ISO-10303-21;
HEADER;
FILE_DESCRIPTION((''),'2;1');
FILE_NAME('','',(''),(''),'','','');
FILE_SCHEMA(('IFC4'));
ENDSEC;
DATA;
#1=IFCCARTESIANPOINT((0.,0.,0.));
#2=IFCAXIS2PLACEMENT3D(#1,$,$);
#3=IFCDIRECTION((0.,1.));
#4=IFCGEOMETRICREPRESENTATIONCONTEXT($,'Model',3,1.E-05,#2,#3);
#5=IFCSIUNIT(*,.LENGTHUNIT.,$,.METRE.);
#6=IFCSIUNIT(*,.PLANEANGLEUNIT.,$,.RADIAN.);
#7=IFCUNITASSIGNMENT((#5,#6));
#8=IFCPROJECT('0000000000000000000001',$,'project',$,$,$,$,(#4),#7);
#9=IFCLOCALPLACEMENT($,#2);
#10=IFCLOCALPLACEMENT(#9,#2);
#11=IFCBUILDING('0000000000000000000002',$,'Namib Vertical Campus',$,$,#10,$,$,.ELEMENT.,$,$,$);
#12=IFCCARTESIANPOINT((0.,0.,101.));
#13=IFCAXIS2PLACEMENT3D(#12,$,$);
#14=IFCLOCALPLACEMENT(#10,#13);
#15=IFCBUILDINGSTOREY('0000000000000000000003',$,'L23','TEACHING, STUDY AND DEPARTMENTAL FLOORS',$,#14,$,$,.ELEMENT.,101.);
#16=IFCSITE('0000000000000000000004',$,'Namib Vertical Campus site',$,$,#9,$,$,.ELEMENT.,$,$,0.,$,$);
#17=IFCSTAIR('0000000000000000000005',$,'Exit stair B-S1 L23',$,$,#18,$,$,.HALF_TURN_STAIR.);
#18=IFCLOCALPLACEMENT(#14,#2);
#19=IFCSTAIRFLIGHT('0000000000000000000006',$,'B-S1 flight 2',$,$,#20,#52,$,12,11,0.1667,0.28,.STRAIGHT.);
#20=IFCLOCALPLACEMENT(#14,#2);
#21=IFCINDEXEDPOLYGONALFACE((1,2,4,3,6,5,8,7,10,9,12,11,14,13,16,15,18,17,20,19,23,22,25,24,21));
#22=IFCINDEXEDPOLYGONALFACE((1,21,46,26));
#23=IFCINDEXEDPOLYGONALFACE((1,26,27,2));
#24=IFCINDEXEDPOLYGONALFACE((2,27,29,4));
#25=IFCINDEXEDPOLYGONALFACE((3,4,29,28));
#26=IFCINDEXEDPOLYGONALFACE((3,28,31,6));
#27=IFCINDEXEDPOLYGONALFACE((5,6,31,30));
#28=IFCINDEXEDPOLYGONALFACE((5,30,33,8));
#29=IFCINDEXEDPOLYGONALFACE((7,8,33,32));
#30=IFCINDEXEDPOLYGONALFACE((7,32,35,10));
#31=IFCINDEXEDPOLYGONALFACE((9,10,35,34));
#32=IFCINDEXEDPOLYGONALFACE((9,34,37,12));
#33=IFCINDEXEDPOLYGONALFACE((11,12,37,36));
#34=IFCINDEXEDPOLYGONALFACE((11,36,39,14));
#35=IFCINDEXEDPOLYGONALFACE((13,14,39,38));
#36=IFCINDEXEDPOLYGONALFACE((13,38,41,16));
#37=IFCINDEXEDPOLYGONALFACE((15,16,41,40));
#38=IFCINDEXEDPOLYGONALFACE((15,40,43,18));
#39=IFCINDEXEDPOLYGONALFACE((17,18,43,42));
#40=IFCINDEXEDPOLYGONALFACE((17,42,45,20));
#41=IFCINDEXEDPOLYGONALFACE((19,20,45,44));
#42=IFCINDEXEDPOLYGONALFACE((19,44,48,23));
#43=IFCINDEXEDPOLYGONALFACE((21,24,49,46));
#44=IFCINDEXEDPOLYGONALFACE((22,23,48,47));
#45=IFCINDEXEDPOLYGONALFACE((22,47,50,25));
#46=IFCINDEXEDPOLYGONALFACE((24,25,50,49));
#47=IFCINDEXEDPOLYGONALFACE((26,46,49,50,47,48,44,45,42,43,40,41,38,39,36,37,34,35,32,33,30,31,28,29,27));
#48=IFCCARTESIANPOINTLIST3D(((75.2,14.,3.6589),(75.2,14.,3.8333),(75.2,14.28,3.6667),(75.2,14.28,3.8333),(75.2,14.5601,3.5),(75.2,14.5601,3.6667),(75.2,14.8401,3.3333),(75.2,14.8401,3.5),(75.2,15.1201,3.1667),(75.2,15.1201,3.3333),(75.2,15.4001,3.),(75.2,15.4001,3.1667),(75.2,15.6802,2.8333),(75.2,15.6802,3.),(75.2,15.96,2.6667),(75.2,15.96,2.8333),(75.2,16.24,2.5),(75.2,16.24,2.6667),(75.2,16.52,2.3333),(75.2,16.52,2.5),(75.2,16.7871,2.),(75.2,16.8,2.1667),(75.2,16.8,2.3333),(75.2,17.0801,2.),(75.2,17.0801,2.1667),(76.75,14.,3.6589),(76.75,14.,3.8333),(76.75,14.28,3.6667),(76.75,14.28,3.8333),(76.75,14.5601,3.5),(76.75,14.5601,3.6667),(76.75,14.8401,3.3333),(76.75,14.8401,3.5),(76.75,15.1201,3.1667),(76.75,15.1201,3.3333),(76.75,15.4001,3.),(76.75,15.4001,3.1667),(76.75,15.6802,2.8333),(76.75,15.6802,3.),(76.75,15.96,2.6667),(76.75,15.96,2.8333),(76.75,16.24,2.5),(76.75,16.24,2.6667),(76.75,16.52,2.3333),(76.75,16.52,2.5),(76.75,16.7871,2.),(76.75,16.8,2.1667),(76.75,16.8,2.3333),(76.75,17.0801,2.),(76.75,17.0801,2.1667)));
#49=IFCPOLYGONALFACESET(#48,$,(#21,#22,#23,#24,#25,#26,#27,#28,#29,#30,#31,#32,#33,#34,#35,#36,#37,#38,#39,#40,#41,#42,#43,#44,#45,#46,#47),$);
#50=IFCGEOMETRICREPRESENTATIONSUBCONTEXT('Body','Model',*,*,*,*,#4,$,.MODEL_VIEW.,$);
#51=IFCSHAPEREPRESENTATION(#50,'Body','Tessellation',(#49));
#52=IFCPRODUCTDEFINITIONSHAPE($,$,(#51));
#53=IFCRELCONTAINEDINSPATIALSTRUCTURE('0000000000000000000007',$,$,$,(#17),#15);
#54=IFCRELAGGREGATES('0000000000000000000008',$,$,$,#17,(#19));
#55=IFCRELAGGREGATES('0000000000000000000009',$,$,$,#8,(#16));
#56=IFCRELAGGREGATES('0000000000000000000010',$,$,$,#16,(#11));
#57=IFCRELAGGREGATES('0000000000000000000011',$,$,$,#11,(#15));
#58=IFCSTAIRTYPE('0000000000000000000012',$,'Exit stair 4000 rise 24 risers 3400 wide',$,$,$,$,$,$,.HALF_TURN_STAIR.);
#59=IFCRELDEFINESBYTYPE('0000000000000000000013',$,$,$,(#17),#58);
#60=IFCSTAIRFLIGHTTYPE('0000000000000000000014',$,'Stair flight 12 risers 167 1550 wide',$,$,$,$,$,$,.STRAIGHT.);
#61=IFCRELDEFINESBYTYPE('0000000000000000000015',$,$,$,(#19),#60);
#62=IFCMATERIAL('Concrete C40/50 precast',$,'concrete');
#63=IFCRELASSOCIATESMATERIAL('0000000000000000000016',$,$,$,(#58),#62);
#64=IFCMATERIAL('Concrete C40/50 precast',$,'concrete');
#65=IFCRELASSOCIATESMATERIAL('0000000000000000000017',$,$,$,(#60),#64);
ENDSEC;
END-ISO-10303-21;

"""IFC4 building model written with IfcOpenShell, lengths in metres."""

from ifc_helpers import new_model, si_unit, direction, frame, origin, place, context, subcontext, project, spatial, polyline, outline, extrude, material, type_object, element, aggregate, save


model = new_model("IFC4")

# Units and contexts
model_context = context("Model", 3, precision=1e-05, world=origin(), true_north=direction((0.0, 1.0)))
body_context = subcontext(model_context, "Body", "Model", "MODEL_VIEW")
ifc_project = project(units=[si_unit("LENGTHUNIT", "METRE"), si_unit("PLANEANGLEUNIT", "RADIAN")], contexts=[model_context])

# Site, building, storey
site_placement = place(None, origin())
site = spatial("IfcSite", under=ifc_project, at=site_placement, Name="Namib Vertical Campus site", CompositionType="ELEMENT", RefElevation=0.0)
building_placement = place(site_placement, origin())
building = spatial("IfcBuilding", under=site, at=building_placement, Name="Namib Vertical Campus", CompositionType="ELEMENT")
storey_placement = place(building_placement, frame((0.0, 0.0, 101.0)))
storey = spatial("IfcBuildingStorey", under=building, at=storey_placement, Name="L23", Description="TEACHING, STUDY AND DEPARTMENTAL FLOORS", CompositionType="ELEMENT", Elevation=101.0)

# Stair, stair flight
ifc_material_1 = material(Name="Concrete C40/50 precast", Category="concrete")
stair_type = type_object("IfcStairType", Name="Exit stair 4000 rise 24 risers 3400 wide", PredefinedType="HALF_TURN_STAIR", material=ifc_material_1)
stair_placement = place(storey_placement, origin())
stair = element("IfcStair", 1, at=stair_placement, inside=storey, type_object=stair_type, Name="Exit stair B-S1 L23", PredefinedType="HALF_TURN_STAIR")
ifc_material_2 = material(Name="Concrete C40/50 precast", Category="concrete")
stair_flight_type = type_object("IfcStairFlightType", Name="Stair flight 12 risers 167 1550 wide", PredefinedType="STRAIGHT", material=ifc_material_2)
stair_flight_placement = place(storey_placement, frame((75.9751, 17.0801, 2.0), z_axis=(0.0, 0.0, 1.0), x_axis=(0.0, -1.0, 0.0)))
stair_flight = element("IfcStairFlight", 2, at=stair_flight_placement, type_object=stair_flight_type, Name="B-S1 flight 2", NumberOfRisers=12, NumberOfTreads=11, PredefinedType="STRAIGHT", RiserHeight=0.1667, TreadLength=0.28, context=body_context, shape_type="SweptSolid", body=[
    extrude(outline(polyline([(0.0, 0.0), (0.0, 0.1667), (0.28, 0.1667), (0.28, 0.3333), (0.5601, 0.3333), (0.5601, 0.5), (0.8401, 0.5), (0.8401, 0.6667), (1.1201, 0.6667), (1.1201, 0.8333), (1.3999, 0.8333), (1.3999, 1.0), (1.6799, 1.0), (1.6799, 1.1667), (1.96, 1.1667), (1.96, 1.3333), (2.24, 1.3333), (2.24, 1.5), (2.52, 1.5), (2.52, 1.6667), (2.8, 1.6667), (2.8, 1.8333), (3.0801, 1.8333), (3.0801, 2.0), (3.0801, 1.6589), (0.293, 0.0), (0.0, 0.0)])), frame((0.0, 0.7749, 0.0), z_axis=(0.0, -1.0, 0.0), x_axis=(1.0, 0.0, 0.0)), (0.0, 0.0, 1.0), 1.55),
])
aggregate(stair, [stair_flight])

save(model, "model.ifc")
